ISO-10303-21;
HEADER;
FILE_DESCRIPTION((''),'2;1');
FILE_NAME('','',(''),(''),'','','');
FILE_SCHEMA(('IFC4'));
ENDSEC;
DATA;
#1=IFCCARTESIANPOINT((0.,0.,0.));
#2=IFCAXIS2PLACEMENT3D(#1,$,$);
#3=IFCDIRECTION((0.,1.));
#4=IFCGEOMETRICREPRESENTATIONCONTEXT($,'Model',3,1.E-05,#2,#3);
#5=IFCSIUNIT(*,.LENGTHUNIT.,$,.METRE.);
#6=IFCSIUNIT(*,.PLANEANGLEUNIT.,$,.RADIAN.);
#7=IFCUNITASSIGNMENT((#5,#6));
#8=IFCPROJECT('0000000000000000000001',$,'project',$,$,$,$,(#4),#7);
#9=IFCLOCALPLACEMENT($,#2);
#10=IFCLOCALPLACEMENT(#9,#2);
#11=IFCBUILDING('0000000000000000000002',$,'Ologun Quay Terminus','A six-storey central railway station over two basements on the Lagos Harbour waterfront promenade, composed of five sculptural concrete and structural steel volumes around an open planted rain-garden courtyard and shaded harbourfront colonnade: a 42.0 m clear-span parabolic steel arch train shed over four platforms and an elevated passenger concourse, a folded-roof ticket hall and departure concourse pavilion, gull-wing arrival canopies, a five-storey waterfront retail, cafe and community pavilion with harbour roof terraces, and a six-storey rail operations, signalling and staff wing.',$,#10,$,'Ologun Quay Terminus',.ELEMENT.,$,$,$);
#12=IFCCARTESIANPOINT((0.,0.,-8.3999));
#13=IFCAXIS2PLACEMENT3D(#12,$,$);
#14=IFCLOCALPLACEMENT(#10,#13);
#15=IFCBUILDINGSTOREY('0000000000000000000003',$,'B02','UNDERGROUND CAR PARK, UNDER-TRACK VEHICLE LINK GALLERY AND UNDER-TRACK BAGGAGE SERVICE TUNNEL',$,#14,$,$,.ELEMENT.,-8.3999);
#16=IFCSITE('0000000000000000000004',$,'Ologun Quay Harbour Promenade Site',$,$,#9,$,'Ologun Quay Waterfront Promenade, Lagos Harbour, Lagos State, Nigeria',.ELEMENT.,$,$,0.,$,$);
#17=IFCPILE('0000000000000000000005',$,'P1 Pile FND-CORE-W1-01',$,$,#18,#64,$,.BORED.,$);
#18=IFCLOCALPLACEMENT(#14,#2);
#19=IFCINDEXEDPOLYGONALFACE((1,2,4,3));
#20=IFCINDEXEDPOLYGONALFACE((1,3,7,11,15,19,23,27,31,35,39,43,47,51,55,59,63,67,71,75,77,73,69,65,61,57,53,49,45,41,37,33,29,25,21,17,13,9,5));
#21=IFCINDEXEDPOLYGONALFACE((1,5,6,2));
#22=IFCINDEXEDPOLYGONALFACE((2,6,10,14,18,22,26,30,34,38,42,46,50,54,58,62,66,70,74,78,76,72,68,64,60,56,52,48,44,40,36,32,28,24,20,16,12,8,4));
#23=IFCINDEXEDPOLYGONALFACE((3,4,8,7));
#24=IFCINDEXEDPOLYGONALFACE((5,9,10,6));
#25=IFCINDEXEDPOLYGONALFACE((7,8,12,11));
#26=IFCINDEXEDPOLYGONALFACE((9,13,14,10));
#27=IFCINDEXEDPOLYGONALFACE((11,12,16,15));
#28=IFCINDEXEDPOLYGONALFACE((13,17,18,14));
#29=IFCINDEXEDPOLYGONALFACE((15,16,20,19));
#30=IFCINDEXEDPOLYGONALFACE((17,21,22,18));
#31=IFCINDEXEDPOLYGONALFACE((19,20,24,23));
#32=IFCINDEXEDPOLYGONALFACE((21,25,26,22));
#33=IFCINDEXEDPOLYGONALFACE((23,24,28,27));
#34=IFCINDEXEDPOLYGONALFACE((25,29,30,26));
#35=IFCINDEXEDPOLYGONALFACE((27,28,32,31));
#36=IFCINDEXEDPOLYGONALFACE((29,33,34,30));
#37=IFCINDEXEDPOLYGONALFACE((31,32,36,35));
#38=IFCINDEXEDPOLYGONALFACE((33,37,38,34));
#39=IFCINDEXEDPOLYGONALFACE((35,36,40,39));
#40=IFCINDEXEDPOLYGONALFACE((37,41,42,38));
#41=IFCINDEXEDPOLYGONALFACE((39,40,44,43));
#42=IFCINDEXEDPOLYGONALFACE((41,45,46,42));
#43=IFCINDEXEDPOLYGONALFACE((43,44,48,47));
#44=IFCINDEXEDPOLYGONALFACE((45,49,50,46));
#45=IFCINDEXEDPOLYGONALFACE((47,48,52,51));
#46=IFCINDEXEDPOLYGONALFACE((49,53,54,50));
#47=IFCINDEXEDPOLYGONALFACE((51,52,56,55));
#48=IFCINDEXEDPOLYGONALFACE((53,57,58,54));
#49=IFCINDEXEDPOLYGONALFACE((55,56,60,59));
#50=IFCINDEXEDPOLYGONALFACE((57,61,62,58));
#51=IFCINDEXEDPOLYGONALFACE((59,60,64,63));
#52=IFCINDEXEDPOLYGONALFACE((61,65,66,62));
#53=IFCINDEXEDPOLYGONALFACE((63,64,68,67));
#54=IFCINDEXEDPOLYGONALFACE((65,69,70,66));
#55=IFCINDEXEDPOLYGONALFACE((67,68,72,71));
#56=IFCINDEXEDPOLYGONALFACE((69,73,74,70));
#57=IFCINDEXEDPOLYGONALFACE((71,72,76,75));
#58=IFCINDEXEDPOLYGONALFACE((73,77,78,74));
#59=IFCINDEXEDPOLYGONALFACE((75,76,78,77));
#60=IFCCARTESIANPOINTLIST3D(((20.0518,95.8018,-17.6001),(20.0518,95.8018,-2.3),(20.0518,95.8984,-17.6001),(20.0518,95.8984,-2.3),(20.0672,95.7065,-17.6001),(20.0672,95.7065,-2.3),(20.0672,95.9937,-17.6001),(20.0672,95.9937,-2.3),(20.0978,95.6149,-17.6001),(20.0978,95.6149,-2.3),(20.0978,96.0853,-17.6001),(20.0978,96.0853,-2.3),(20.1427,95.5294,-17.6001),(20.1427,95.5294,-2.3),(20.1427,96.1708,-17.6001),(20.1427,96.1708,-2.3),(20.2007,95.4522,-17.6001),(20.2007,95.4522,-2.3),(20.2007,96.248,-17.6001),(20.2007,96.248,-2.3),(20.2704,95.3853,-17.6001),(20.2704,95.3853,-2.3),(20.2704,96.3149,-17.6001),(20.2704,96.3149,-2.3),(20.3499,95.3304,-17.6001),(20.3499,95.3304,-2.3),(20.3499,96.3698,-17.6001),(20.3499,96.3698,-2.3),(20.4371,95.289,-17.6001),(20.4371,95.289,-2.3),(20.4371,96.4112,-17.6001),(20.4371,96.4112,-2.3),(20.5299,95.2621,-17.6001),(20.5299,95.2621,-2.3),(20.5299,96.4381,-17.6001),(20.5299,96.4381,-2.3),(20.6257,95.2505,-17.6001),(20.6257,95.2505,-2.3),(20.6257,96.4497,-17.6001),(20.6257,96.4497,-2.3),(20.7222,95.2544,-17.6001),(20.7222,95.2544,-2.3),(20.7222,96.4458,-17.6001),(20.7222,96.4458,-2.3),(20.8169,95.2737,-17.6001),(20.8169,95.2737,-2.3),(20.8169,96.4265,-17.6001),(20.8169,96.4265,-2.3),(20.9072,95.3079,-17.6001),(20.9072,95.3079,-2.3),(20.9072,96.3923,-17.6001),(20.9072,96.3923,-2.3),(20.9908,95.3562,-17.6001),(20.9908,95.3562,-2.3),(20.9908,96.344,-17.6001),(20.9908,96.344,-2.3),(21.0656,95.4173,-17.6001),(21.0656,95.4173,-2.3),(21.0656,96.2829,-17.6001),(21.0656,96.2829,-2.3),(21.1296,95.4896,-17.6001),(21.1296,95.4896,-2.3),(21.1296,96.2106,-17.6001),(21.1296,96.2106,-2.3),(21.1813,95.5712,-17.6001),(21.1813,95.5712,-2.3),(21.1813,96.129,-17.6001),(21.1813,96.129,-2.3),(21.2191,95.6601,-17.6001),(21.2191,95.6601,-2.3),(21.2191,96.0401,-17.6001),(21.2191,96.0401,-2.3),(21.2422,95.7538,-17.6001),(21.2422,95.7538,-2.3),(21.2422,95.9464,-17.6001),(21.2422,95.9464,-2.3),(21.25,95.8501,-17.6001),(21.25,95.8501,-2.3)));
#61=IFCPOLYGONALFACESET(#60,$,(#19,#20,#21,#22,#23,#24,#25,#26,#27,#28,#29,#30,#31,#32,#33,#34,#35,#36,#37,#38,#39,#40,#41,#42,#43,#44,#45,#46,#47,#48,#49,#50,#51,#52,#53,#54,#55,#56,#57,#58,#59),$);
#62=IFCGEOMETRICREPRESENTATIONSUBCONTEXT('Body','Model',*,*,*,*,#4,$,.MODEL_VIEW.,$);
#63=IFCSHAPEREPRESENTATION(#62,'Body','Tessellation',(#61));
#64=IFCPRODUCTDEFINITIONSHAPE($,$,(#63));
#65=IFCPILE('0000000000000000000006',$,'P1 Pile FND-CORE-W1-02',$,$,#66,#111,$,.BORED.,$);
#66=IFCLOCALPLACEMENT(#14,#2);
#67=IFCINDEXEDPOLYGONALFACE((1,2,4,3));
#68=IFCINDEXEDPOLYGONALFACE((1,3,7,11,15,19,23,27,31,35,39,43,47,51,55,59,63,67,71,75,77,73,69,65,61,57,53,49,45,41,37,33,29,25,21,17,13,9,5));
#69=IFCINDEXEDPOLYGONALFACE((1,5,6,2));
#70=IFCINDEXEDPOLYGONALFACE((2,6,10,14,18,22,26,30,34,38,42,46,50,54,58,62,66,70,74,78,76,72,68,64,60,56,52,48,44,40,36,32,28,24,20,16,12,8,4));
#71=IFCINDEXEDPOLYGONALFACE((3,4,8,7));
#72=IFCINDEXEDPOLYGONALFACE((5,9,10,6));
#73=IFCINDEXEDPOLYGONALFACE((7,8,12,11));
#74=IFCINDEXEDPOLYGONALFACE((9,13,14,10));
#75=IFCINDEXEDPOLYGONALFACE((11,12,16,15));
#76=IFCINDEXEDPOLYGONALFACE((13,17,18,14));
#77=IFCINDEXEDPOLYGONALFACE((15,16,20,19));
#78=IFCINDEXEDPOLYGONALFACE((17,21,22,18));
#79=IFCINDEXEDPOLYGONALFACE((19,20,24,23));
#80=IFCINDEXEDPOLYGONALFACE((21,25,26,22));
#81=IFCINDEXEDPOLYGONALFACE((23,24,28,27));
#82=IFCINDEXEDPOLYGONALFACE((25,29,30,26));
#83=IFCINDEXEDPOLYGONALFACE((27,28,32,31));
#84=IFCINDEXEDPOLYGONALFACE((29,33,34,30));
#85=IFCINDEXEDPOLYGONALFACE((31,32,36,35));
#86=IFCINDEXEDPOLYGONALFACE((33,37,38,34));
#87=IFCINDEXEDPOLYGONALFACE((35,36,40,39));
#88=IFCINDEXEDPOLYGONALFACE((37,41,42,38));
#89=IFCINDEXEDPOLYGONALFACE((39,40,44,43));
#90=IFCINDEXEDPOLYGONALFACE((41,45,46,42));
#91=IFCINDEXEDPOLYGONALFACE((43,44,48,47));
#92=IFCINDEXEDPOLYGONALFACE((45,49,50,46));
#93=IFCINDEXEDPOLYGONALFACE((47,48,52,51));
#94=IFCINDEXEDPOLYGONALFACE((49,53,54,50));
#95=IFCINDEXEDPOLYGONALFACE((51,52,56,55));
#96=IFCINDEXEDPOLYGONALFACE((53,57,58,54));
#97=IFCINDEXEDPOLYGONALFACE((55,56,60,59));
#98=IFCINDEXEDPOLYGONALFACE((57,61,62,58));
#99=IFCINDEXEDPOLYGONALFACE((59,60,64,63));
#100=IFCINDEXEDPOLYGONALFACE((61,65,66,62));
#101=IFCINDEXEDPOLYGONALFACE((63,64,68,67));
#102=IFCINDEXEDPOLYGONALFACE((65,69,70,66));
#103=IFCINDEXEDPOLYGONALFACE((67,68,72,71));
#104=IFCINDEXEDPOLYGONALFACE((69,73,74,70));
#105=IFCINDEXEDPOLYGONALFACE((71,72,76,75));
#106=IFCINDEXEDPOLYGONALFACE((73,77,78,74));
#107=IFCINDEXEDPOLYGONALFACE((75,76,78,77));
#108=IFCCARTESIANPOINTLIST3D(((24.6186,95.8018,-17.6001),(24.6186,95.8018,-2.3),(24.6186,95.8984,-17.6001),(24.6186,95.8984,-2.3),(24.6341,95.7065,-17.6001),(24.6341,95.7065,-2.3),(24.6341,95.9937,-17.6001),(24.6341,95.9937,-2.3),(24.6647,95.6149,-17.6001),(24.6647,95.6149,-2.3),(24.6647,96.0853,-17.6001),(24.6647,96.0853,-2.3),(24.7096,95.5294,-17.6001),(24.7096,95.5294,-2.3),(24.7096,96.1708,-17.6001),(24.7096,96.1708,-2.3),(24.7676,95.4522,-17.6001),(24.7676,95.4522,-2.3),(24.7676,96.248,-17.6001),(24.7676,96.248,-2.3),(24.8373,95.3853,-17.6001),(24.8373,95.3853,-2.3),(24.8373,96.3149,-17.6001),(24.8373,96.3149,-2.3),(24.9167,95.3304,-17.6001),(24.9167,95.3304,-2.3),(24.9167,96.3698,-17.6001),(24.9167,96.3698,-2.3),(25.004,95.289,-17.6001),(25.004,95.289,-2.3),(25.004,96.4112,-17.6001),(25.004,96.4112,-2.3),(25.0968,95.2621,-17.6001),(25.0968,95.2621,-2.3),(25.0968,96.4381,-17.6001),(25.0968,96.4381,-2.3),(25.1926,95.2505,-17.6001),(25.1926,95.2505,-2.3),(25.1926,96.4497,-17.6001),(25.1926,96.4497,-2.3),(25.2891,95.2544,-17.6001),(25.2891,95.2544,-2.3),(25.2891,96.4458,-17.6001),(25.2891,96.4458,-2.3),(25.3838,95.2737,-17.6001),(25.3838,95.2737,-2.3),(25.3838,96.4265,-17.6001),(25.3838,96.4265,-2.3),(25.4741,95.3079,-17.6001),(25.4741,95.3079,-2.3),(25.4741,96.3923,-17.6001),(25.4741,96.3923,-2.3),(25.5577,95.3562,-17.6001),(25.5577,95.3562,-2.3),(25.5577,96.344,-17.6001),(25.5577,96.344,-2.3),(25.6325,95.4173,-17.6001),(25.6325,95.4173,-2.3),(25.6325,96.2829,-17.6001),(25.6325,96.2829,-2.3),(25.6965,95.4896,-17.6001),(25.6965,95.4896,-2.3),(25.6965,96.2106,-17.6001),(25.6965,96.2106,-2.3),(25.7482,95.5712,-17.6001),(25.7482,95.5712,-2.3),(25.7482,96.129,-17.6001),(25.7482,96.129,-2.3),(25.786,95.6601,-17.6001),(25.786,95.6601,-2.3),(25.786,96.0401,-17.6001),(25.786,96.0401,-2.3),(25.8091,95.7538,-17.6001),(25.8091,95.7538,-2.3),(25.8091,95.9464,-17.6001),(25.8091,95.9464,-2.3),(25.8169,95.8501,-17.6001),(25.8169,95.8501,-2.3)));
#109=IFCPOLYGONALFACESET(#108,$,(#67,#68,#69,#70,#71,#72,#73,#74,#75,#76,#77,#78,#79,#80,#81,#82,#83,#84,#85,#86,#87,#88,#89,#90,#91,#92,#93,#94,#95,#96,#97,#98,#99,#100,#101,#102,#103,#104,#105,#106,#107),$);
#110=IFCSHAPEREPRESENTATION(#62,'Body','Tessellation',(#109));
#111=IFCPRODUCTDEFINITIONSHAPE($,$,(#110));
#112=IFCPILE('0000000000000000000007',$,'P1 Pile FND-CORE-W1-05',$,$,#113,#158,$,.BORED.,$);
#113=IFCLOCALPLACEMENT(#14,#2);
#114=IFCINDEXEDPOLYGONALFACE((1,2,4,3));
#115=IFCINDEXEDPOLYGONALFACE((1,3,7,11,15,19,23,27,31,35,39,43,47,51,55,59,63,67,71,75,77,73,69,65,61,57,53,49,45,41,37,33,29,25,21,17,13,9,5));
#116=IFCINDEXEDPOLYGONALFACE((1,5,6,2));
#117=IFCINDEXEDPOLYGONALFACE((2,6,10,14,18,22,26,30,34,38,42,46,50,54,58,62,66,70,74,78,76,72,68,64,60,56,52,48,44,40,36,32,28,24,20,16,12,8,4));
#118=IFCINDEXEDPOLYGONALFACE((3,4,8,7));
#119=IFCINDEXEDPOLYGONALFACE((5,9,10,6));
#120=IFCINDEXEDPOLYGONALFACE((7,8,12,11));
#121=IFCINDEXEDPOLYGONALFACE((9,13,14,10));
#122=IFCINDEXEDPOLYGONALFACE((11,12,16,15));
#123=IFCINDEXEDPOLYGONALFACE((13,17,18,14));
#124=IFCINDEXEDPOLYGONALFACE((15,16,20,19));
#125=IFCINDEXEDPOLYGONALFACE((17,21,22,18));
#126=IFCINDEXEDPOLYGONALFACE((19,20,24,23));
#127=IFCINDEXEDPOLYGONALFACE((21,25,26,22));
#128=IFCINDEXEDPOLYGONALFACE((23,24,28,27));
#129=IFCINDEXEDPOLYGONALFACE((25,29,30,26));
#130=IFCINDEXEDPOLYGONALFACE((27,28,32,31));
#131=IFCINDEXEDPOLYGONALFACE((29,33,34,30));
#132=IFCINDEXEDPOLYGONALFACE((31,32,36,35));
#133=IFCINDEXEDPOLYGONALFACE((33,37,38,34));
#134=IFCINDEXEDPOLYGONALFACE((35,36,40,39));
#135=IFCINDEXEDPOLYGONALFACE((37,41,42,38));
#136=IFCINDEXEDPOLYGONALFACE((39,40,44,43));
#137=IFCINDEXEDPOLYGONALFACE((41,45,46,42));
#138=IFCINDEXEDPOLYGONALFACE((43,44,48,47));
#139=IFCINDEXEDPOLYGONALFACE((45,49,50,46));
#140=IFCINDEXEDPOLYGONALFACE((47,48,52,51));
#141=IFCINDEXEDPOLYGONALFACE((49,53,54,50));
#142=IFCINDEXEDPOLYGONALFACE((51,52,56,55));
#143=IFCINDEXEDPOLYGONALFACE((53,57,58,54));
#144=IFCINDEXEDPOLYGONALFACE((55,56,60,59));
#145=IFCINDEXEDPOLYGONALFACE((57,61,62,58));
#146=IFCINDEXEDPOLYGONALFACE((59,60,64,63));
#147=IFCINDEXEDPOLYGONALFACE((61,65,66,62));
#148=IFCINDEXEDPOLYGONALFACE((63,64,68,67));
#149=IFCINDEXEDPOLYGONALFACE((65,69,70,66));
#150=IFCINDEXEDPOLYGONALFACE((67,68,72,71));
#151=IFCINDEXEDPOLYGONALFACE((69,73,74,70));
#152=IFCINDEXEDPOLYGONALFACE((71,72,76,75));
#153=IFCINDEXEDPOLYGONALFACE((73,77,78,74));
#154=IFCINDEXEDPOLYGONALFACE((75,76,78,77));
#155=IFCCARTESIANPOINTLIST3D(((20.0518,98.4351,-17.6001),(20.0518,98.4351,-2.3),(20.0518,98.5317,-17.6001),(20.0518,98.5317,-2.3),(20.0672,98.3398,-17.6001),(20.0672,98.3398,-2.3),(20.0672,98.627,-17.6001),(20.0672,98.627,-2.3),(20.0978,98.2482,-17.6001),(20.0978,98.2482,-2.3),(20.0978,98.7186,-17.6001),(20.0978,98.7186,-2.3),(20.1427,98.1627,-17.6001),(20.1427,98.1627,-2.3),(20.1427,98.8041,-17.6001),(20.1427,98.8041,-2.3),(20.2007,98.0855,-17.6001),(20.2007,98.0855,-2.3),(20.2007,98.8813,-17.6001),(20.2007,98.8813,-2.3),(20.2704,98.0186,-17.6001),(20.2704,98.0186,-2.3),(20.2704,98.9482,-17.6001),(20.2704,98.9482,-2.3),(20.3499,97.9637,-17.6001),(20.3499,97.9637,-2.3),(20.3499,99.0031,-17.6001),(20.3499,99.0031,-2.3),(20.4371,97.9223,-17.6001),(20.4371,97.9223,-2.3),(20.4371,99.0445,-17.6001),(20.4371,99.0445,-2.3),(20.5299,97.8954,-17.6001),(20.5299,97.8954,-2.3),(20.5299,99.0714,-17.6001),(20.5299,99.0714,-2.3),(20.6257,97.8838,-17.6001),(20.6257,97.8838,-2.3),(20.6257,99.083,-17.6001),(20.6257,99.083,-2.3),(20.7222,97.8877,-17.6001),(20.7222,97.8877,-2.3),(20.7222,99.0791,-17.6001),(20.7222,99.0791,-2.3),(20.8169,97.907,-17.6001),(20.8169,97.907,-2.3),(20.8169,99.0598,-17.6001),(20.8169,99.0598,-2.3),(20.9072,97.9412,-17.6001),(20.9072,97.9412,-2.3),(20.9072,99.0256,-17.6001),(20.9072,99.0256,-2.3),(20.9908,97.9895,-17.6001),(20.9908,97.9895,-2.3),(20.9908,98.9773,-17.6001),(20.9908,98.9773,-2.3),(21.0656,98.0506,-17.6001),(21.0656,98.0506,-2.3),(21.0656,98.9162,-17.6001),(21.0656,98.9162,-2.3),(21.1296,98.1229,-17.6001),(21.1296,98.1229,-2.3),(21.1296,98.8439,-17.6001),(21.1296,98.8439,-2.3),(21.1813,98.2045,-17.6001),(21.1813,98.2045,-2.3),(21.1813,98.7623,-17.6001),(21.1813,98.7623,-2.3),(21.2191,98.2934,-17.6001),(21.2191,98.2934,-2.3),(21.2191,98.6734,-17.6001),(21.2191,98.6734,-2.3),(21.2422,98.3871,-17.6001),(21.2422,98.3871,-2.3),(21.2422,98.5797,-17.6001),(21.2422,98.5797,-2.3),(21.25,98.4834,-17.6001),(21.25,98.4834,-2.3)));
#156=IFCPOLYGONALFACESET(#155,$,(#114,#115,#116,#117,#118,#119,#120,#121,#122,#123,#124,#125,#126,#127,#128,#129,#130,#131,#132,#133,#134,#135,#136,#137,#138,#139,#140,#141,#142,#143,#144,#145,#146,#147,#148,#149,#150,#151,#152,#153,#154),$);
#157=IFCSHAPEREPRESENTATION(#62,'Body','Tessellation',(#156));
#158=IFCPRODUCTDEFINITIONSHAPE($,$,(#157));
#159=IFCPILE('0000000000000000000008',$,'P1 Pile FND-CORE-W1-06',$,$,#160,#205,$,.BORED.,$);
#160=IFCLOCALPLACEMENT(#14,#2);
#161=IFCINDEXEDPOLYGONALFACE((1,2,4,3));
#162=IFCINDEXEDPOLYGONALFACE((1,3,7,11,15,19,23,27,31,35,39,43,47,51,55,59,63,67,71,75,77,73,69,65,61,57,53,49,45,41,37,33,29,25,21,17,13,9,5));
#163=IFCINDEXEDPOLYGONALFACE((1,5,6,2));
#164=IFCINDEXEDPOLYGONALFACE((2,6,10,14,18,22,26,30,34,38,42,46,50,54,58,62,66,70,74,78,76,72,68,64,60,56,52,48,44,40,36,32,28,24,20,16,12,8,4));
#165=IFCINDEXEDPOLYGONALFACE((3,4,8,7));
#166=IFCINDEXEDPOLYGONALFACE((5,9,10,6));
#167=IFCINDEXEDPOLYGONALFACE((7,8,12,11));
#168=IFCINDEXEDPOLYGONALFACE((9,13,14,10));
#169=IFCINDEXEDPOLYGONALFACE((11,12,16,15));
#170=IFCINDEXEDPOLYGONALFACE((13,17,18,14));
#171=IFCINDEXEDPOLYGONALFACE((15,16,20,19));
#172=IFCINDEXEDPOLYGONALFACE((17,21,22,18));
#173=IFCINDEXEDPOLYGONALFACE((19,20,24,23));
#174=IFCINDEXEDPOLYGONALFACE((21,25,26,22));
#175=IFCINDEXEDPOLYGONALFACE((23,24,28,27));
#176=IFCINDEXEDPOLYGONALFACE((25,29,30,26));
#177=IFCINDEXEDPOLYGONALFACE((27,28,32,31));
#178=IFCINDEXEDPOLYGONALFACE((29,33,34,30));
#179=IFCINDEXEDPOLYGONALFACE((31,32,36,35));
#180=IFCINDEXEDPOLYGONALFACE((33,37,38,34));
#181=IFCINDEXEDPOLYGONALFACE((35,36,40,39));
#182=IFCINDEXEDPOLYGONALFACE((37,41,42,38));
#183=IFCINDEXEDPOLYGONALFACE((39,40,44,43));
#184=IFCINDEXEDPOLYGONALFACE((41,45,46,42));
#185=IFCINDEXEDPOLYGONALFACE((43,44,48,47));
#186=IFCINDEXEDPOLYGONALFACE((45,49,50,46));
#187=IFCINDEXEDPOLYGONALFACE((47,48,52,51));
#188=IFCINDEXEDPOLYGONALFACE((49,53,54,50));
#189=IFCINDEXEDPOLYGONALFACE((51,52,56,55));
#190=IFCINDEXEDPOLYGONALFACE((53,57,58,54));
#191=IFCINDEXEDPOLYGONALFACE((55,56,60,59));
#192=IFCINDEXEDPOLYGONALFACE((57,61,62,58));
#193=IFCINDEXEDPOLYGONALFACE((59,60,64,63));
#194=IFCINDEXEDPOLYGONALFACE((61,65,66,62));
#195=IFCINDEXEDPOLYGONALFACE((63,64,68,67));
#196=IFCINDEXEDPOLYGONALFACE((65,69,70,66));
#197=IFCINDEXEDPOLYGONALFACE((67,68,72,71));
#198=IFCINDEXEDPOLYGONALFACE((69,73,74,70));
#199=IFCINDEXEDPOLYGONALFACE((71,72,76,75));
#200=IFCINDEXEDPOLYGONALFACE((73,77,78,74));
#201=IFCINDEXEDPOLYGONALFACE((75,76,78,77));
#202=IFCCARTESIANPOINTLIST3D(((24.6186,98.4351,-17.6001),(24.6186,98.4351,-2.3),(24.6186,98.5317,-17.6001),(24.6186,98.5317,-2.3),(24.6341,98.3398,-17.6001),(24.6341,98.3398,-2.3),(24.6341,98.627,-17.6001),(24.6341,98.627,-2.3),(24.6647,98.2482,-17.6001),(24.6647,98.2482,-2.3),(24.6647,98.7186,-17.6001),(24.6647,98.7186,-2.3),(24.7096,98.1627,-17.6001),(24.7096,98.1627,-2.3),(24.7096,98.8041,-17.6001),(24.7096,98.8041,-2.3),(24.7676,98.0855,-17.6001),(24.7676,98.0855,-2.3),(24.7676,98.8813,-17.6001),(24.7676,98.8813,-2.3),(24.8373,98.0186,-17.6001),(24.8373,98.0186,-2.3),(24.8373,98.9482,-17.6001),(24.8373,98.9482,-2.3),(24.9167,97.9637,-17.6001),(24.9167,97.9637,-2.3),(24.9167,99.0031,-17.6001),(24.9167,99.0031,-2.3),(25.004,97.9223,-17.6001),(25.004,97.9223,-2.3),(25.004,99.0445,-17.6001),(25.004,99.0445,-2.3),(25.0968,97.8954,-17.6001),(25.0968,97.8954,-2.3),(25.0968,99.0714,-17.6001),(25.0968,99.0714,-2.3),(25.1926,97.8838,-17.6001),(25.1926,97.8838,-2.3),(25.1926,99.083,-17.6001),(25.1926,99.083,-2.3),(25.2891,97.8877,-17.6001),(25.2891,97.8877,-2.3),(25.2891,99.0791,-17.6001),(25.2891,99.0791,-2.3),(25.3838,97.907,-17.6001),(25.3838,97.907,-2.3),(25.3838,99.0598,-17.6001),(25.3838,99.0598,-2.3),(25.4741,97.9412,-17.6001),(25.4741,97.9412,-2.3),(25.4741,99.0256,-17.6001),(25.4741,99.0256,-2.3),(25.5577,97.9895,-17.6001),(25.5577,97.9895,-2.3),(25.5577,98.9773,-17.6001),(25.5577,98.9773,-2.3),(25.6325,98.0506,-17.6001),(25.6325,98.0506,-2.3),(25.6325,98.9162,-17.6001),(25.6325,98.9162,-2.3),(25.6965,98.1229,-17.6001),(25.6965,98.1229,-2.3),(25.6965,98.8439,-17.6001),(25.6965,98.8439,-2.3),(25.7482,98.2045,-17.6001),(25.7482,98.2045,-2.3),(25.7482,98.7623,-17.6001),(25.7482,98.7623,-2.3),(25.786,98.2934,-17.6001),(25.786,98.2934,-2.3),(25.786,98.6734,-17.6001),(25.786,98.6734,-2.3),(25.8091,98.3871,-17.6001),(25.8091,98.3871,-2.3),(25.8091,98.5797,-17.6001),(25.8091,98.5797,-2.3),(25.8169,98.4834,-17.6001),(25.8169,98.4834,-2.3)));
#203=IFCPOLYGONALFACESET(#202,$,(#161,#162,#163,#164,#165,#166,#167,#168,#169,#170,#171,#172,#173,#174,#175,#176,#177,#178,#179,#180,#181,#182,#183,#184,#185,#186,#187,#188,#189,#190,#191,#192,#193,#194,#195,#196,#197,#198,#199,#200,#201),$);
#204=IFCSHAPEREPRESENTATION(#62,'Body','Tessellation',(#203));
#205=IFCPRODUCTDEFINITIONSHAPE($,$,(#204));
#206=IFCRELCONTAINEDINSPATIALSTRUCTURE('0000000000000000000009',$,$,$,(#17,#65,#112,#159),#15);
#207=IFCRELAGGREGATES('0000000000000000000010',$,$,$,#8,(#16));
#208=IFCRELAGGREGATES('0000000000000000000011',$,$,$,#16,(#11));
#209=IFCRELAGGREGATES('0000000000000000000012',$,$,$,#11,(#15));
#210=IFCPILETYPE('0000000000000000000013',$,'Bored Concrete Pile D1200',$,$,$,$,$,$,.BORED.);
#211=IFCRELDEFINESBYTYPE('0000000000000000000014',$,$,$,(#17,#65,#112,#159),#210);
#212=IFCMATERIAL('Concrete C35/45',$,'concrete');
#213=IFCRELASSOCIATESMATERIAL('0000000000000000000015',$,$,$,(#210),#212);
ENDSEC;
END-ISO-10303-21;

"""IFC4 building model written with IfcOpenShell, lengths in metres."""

from ifc_helpers import new_model, si_unit, direction, frame, origin, origin_2d, place, context, subcontext, project, spatial, circle, extrude, material, material_profile, profile_set, type_object, element, save


model = new_model("IFC4")

# Units and contexts
model_context = context("Model", 3, precision=1e-05, world=origin(), true_north=direction((0.0, 1.0)))
body_context = subcontext(model_context, "Body", "Model", "MODEL_VIEW")
ifc_project = project(units=[si_unit("LENGTHUNIT", "METRE"), si_unit("PLANEANGLEUNIT", "RADIAN")], contexts=[model_context])

# Site, building, storey
site_placement = place(None, origin())
site = spatial("IfcSite", under=ifc_project, at=site_placement, Name="Ologun Quay Harbour Promenade Site", LongName="Ologun Quay Waterfront Promenade, Lagos Harbour, Lagos State, Nigeria", CompositionType="ELEMENT", RefElevation=0.0)
building_placement = place(site_placement, origin())
building = spatial("IfcBuilding", under=site, at=building_placement, Name="Ologun Quay Terminus", Description="A six-storey central railway station over two basements on the Lagos Harbour waterfront promenade, composed of five sculptural concrete and structural steel volumes around an open planted rain-garden courtyard and shaded harbourfront colonnade: a 42.0 m clear-span parabolic steel arch train shed over four platforms and an elevated passenger concourse, a folded-roof ticket hall and departure concourse pavilion, gull-wing arrival canopies, a five-storey waterfront retail, cafe and community pavilion with harbour roof terraces, and a six-storey rail operations, signalling and staff wing.", LongName="Ologun Quay Terminus", CompositionType="ELEMENT")
storey_placement = place(building_placement, frame((0.0, 0.0, -8.3999)))
storey = spatial("IfcBuildingStorey", under=building, at=storey_placement, Name="B02", Description="UNDERGROUND CAR PARK, UNDER-TRACK VEHICLE LINK GALLERY AND UNDER-TRACK BAGGAGE SERVICE TUNNEL", CompositionType="ELEMENT", Elevation=-8.3999)

# Piles
ifc_material_1 = material(Name="Concrete C35/45", Category="concrete")
ifc_material_profile_1 = material_profile(ifc_material_1, circle(Radius=0.6001, at=origin_2d()), Name="PILE D1200")
ifc_profile_set_1 = profile_set([ifc_material_profile_1], Name="Concrete C35/45")
pile_type = type_object("IfcPileType", Name="Bored Concrete Pile D1200", PredefinedType="BORED", material=ifc_profile_set_1)
for number, where, z_axis, x_axis, name in (
    (1, (20.6499, 95.8501, -2.3), (0.0, 0.0, -1.0), (1.0, 0.0, 0.0), "P1 Pile FND-CORE-W1-01"),
    (2, (25.2168, 95.8501, -2.3), (0.0, 0.0, -1.0), (1.0, 0.0, 0.0), "P1 Pile FND-CORE-W1-02"),
    (3, (20.6499, 98.4834, -2.3), (0.0, 0.0, -1.0), (1.0, 0.0, 0.0), "P1 Pile FND-CORE-W1-05"),
    (4, (25.2168, 98.4834, -2.3), (0.0, 0.0, -1.0), (1.0, 0.0, 0.0), "P1 Pile FND-CORE-W1-06"),
):
    element("IfcPile", number, at=place(storey_placement, frame(where, z_axis=z_axis, x_axis=x_axis)), inside=storey, type_object=pile_type, Name=name, PredefinedType="BORED", context=body_context, shape_type="SweptSolid", body=[
        extrude(circle(Radius=0.6001, at=origin_2d()), origin(), (0.0, 0.0, 1.0), 15.3),
    ])

save(model, "model.ifc")
